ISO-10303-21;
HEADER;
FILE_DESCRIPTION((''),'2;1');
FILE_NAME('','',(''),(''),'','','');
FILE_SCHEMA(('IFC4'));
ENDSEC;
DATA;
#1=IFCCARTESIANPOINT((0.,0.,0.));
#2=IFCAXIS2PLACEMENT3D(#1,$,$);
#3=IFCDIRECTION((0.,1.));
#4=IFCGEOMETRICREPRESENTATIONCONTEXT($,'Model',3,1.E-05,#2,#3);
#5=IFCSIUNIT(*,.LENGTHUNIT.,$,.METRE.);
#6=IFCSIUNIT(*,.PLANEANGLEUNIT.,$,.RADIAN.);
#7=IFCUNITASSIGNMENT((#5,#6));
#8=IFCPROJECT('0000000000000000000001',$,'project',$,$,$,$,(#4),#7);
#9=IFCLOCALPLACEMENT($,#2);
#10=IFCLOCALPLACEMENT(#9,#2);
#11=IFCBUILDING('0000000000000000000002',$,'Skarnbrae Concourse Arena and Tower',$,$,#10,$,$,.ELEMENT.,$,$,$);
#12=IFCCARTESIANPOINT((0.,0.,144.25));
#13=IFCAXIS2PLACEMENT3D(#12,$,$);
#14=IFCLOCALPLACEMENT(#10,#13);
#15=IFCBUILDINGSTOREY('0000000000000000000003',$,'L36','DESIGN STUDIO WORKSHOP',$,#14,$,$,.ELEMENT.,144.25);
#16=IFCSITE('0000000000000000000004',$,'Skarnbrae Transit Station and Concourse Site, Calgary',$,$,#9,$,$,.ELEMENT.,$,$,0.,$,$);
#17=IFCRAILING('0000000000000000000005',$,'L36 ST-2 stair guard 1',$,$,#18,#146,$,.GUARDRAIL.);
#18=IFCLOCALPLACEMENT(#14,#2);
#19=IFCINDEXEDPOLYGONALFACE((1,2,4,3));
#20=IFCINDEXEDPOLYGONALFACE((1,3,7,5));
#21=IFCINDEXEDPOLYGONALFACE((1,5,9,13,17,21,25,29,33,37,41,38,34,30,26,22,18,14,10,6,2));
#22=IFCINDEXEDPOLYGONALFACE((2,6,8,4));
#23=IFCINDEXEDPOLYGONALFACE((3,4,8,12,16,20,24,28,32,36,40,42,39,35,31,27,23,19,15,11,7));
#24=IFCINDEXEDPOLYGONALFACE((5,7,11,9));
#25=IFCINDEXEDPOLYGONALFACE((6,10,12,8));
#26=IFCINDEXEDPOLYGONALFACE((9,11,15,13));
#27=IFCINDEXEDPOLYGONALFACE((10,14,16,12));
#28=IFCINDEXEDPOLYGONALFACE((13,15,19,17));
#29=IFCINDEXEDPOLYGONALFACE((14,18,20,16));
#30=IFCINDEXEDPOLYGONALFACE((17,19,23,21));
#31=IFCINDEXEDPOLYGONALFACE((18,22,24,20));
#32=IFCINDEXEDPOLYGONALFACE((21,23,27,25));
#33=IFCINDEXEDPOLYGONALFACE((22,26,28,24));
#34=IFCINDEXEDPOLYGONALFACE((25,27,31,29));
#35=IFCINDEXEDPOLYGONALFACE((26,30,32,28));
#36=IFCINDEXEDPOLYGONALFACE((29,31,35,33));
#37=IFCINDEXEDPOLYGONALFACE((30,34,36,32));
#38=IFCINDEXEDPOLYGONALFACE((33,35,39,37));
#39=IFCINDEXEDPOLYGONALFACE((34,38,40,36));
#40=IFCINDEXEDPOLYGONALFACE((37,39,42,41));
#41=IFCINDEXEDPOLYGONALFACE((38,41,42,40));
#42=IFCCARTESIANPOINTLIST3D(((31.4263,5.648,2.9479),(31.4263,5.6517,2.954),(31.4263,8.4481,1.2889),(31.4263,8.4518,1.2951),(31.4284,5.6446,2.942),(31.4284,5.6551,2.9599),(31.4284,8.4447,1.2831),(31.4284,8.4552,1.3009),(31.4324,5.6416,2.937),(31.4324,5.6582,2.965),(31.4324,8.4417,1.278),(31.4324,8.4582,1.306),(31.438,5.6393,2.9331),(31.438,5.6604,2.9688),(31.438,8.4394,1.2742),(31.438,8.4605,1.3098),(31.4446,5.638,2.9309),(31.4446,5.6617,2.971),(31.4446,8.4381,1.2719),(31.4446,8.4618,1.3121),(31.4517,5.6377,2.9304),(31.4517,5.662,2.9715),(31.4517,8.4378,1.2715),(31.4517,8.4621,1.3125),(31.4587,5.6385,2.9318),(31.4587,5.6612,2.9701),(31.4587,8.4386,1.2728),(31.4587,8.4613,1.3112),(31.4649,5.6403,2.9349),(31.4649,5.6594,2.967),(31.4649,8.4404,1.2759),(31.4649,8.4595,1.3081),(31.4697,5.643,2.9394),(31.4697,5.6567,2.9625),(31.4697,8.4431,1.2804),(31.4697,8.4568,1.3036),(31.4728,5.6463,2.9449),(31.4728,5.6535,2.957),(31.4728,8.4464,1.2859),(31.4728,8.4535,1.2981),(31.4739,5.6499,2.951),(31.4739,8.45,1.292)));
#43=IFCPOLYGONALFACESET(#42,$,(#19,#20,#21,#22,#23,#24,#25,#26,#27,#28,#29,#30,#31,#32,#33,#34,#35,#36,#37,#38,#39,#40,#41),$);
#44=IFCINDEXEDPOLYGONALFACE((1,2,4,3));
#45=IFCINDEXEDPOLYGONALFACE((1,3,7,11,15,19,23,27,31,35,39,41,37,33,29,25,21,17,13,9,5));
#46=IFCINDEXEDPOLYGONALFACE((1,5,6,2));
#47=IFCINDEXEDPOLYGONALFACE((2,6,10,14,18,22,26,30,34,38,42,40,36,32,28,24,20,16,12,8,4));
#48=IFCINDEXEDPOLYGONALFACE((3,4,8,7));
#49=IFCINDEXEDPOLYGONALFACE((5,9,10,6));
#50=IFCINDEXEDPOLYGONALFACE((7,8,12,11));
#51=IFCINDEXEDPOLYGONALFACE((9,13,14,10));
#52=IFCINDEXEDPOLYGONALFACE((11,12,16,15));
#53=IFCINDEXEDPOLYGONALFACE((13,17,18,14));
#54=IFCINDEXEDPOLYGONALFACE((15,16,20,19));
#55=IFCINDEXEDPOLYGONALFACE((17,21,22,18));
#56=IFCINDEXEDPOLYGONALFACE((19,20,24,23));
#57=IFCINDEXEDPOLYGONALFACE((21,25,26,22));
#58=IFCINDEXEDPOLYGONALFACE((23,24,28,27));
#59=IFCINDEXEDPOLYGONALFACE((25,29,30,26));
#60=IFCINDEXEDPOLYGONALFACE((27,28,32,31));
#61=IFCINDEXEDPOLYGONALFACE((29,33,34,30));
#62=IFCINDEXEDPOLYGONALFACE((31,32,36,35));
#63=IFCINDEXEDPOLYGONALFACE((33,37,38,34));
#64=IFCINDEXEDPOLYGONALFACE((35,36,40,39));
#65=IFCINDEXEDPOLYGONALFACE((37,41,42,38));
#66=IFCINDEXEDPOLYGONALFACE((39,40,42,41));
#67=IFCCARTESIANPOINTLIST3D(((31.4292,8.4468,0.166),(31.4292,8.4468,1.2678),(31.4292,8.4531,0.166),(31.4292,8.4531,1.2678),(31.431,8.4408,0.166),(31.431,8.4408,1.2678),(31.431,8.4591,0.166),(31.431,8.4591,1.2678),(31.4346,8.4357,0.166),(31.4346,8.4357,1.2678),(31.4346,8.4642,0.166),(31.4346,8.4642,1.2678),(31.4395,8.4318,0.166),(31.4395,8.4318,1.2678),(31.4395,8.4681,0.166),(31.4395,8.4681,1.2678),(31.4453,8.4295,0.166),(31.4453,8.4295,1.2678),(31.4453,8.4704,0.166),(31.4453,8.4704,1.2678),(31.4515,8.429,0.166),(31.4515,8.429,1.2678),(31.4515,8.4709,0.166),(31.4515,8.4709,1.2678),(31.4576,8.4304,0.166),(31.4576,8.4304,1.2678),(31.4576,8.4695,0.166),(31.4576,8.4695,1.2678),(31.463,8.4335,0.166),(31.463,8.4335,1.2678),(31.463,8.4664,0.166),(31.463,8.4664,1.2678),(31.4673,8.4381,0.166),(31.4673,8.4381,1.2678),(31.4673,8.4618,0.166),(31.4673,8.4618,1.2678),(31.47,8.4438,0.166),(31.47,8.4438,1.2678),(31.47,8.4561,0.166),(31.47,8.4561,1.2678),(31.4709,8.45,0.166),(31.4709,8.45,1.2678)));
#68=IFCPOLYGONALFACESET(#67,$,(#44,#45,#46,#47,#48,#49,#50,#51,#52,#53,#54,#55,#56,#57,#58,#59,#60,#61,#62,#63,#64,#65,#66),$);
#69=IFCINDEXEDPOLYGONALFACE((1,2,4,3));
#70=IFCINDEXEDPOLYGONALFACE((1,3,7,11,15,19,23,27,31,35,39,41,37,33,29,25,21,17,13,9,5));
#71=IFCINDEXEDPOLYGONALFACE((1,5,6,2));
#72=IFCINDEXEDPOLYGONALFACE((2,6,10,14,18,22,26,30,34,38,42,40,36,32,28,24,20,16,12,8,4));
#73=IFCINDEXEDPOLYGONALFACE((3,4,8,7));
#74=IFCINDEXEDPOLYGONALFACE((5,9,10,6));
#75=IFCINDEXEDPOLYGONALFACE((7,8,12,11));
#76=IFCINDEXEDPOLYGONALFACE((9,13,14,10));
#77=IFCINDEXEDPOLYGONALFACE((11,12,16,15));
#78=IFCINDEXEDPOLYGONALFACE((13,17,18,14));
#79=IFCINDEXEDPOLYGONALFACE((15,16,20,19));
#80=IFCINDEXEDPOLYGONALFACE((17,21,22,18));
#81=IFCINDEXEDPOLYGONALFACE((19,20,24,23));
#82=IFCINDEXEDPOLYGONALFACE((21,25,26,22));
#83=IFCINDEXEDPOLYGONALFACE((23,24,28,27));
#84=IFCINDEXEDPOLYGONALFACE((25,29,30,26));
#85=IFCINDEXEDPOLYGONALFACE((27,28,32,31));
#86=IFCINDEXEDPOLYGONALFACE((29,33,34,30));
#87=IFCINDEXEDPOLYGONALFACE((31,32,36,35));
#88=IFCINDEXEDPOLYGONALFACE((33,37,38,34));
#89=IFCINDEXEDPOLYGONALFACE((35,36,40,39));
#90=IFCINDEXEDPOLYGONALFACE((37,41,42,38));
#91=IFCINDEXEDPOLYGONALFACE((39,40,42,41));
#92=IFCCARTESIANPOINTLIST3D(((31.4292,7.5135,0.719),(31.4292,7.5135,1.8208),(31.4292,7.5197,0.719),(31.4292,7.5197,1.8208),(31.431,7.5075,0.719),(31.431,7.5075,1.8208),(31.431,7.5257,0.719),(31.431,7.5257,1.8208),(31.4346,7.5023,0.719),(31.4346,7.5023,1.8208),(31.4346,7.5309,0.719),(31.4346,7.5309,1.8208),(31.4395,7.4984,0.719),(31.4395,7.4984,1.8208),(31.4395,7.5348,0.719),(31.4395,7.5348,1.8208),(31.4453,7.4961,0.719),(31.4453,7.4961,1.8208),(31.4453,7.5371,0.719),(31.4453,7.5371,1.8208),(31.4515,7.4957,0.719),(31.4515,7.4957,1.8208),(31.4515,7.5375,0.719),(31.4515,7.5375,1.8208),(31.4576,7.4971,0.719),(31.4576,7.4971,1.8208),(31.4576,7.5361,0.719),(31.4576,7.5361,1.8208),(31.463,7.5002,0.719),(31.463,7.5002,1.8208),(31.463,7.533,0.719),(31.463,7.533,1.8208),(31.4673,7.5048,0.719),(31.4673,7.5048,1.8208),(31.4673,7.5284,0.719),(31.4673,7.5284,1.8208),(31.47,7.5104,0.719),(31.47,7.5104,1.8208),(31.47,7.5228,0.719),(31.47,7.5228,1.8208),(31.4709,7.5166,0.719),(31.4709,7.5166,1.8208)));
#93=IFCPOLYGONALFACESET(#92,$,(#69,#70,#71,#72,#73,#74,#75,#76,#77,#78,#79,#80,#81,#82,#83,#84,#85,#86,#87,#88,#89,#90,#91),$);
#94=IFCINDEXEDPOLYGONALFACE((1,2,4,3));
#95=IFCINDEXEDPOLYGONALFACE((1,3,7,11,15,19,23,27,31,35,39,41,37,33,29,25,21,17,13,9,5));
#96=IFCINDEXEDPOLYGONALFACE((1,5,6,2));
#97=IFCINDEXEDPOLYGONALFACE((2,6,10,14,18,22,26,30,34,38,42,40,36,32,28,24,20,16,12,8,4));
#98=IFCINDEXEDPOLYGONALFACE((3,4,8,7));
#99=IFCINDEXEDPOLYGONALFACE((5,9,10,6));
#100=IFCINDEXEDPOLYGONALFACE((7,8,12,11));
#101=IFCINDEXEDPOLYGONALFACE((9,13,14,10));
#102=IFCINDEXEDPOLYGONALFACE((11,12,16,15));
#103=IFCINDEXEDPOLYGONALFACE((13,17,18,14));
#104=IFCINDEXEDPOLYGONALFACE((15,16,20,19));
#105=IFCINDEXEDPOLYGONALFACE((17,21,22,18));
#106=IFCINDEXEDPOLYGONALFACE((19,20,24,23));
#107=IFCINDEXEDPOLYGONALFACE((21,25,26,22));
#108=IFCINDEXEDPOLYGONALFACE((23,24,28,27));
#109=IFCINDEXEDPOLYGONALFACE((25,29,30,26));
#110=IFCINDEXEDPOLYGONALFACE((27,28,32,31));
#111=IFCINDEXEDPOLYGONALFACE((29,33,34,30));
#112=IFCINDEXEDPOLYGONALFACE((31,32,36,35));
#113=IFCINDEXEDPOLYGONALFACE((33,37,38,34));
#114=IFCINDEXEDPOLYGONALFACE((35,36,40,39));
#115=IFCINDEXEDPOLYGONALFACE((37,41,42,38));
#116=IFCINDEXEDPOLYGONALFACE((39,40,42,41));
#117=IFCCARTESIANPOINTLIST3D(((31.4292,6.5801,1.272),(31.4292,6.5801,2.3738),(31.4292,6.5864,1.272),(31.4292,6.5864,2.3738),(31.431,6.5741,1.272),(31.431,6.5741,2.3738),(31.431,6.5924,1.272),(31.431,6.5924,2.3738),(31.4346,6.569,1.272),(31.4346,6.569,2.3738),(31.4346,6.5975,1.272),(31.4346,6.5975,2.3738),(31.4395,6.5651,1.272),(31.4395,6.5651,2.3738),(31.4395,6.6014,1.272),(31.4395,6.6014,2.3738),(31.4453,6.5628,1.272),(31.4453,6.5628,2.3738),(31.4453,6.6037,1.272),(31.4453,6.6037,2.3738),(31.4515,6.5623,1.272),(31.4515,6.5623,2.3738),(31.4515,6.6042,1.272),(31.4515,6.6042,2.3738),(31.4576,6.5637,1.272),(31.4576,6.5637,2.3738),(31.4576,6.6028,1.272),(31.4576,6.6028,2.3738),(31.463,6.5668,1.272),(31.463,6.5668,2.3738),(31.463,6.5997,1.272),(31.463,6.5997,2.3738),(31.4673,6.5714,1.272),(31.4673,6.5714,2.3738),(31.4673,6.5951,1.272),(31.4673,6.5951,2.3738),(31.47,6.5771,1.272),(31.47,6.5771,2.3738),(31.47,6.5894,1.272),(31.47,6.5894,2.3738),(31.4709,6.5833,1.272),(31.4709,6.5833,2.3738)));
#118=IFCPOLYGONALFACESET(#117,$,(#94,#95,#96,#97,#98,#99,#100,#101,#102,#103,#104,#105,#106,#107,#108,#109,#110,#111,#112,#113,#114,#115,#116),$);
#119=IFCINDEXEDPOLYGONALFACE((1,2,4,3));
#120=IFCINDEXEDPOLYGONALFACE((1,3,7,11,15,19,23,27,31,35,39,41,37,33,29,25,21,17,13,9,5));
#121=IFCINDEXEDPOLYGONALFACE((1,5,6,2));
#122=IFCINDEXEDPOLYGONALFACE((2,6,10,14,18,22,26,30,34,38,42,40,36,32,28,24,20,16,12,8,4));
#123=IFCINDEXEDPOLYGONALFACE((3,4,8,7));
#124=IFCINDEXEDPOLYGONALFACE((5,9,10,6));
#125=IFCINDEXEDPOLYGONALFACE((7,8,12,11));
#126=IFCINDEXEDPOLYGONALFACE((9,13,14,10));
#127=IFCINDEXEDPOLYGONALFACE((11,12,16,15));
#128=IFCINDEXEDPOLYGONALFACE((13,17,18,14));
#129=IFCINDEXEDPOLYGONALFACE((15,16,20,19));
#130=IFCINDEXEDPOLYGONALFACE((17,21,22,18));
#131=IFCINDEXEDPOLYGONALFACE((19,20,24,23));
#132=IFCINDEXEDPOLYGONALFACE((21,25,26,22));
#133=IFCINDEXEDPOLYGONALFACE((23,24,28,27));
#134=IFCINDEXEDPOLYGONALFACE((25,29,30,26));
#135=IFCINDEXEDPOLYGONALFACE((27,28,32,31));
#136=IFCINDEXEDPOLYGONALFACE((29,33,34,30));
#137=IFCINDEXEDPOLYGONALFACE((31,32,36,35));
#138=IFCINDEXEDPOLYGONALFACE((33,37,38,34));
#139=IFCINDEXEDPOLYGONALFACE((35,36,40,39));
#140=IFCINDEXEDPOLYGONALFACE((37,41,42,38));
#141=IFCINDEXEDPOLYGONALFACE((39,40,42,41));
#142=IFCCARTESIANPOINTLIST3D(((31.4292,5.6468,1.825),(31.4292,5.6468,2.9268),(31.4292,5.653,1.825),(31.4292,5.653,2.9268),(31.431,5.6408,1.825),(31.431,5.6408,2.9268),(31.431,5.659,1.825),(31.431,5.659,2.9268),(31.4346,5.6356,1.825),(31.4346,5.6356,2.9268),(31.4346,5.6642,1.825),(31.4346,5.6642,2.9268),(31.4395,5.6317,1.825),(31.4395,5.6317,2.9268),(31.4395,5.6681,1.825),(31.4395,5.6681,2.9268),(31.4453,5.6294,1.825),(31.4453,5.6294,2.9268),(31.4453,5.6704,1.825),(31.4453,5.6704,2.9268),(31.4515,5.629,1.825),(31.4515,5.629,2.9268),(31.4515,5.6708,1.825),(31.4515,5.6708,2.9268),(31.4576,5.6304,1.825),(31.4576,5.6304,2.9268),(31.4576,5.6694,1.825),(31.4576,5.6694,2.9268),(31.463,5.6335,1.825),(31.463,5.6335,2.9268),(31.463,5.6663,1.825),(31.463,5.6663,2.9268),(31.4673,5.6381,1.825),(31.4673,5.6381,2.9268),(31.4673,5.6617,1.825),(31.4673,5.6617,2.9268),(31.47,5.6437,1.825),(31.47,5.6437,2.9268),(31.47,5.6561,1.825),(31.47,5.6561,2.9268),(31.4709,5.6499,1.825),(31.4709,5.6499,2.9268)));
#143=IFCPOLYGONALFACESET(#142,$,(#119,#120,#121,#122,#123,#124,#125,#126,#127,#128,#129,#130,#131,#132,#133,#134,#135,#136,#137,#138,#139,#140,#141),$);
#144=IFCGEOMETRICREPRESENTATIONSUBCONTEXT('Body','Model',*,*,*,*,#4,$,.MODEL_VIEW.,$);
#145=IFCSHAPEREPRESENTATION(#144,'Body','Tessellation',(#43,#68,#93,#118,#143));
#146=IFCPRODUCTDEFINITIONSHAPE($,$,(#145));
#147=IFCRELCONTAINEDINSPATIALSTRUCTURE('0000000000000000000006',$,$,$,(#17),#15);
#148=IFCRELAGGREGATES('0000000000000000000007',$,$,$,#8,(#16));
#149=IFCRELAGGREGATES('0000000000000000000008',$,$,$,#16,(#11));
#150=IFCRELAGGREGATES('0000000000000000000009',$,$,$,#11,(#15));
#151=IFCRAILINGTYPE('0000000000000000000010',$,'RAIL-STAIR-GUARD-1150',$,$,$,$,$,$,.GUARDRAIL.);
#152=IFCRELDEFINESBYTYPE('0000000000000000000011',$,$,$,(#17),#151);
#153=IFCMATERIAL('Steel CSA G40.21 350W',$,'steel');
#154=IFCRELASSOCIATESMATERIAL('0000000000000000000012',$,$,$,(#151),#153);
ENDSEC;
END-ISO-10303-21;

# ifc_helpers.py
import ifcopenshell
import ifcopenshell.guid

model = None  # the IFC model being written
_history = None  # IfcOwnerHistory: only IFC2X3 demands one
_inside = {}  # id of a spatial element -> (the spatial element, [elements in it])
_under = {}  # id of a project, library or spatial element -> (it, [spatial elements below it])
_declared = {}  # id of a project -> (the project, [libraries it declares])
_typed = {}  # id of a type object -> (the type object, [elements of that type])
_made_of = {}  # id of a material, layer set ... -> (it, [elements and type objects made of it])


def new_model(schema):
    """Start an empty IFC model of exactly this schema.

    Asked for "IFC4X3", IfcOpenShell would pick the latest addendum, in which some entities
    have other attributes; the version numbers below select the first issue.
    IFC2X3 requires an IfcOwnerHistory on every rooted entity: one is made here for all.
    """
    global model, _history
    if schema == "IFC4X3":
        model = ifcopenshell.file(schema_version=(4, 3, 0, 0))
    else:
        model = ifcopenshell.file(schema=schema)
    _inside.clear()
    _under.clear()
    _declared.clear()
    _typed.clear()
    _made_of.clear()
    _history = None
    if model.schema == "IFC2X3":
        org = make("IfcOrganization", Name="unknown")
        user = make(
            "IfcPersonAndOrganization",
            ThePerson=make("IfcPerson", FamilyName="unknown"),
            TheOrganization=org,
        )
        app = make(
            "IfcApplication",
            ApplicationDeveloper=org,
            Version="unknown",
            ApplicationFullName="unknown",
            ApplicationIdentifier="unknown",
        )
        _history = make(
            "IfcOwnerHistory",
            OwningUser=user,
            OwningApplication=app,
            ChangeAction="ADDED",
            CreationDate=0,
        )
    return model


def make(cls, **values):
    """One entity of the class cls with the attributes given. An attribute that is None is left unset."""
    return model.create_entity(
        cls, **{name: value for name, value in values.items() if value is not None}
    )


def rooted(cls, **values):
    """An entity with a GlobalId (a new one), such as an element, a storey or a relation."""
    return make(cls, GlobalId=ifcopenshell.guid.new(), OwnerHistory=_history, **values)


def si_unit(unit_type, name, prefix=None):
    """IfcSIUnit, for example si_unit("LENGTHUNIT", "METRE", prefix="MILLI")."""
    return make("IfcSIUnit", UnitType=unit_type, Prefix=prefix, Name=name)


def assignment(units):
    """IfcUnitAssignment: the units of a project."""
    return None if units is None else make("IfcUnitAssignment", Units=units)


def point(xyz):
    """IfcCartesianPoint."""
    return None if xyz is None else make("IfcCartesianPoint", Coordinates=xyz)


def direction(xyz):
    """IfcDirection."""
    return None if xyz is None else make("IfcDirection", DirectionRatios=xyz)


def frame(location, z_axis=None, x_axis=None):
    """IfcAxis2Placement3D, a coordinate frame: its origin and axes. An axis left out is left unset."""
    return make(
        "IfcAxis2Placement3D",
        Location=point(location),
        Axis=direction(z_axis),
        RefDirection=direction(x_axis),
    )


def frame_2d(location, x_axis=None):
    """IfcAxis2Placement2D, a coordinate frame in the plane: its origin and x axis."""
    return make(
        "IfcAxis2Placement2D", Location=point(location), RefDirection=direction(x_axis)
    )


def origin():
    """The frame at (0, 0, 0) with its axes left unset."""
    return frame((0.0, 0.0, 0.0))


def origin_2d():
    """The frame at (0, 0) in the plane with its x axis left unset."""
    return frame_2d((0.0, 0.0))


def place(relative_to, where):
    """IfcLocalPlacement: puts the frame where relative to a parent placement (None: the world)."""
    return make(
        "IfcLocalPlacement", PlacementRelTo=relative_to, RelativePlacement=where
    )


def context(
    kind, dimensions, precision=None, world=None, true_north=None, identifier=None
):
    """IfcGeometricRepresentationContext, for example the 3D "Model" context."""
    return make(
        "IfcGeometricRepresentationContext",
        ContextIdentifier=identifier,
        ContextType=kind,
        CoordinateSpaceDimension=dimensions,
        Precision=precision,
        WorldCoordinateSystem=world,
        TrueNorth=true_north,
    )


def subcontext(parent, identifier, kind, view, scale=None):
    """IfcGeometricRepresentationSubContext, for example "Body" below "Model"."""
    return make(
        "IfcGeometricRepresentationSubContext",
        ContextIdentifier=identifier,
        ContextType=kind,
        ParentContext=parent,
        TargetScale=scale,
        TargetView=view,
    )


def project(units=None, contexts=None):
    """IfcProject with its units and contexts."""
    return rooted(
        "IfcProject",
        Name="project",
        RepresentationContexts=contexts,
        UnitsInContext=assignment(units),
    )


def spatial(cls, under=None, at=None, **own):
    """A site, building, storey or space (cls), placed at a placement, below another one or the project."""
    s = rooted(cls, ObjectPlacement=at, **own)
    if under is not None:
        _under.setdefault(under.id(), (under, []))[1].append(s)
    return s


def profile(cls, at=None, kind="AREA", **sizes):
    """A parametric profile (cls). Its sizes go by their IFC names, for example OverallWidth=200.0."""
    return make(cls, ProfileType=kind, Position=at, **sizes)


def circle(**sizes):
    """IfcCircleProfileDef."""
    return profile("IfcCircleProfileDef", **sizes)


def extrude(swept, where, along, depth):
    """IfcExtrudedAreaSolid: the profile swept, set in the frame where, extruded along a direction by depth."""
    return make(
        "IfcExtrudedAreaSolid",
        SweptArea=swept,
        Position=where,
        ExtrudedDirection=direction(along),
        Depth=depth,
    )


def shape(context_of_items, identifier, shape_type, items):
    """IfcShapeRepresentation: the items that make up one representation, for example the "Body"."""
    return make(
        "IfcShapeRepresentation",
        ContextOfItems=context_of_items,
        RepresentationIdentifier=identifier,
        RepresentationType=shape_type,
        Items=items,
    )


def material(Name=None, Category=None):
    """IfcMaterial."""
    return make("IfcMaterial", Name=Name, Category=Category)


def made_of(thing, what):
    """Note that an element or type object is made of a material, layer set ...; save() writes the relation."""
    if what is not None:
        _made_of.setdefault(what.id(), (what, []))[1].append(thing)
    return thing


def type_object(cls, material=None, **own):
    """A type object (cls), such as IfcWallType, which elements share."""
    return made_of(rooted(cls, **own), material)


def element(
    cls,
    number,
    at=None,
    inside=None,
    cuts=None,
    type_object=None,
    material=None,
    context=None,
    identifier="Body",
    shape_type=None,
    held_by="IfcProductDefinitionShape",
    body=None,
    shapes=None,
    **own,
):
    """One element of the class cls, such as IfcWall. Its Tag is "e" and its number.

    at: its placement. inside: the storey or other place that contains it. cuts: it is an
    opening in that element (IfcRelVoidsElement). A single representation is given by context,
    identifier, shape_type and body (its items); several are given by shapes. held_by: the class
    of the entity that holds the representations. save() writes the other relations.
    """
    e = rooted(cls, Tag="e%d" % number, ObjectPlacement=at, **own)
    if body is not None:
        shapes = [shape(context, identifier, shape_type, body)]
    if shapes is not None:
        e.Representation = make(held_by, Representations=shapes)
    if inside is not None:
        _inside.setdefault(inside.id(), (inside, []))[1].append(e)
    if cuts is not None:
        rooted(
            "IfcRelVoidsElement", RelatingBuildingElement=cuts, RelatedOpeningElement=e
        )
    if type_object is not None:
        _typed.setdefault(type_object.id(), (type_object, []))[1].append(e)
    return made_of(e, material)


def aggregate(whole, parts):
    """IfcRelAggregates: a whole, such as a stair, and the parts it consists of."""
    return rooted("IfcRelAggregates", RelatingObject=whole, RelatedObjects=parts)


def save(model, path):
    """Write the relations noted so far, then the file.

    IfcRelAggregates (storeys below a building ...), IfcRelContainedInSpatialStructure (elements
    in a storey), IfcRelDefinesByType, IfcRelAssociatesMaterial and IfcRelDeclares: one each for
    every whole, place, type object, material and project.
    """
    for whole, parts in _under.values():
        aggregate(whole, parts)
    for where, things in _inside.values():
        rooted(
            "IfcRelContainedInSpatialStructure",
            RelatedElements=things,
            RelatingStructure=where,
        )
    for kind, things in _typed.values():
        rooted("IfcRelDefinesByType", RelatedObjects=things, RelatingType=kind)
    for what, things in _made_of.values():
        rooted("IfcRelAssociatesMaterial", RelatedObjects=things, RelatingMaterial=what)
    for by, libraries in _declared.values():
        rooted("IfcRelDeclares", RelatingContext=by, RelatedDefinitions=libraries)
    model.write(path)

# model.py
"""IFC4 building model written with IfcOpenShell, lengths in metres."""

from ifc_helpers import new_model, si_unit, direction, frame, origin, origin_2d, place, context, subcontext, project, spatial, circle, extrude, material, type_object, element, save


model = new_model("IFC4")

# Units and contexts
model_context = context("Model", 3, precision=1e-05, world=origin(), true_north=direction((0.0, 1.0)))
body_context = subcontext(model_context, "Body", "Model", "MODEL_VIEW")
ifc_project = project(units=[si_unit("LENGTHUNIT", "METRE"), si_unit("PLANEANGLEUNIT", "RADIAN")], contexts=[model_context])

# Site, building, storey
site_placement = place(None, origin())
site = spatial("IfcSite", under=ifc_project, at=site_placement, Name="Skarnbrae Transit Station and Concourse Site, Calgary", CompositionType="ELEMENT", RefElevation=0.0)
building_placement = place(site_placement, origin())
building = spatial("IfcBuilding", under=site, at=building_placement, Name="Skarnbrae Concourse Arena and Tower", CompositionType="ELEMENT")
storey_placement = place(building_placement, frame((0.0, 0.0, 144.25)))
storey = spatial("IfcBuildingStorey", under=building, at=storey_placement, Name="L36", Description="DESIGN STUDIO WORKSHOP", CompositionType="ELEMENT", Elevation=144.25)

# Shared definitions
ifc_material_1 = material(Name="Steel CSA G40.21 350W", Category="steel")

# Railing
railing_type = type_object("IfcRailingType", Name="RAIL-STAIR-GUARD-1150", PredefinedType="GUARDRAIL", material=ifc_material_1)
railing_1_placement = place(storey_placement, frame((31.45, 8.45, 0.166)))
element("IfcRailing", 1, at=railing_1_placement, inside=storey, type_object=railing_type, Name="L36 ST-2 stair guard 1", PredefinedType="GUARDRAIL", context=body_context, shape_type="SweptSolid", body=[
    extrude(circle(Radius=0.0239, at=origin_2d()), frame((0.0, 0.0, 1.126), z_axis=(0.0, -0.860339, 0.509722), x_axis=(1.0, 0.0, 0.0)), (0.0, 0.0, 1.0), 3.2546),
    extrude(circle(Radius=0.021, at=origin_2d()), origin(), (0.0, 0.0, 1.0), 1.1018),
    extrude(circle(Radius=0.021, at=origin_2d()), frame((0.0, -0.9333, 0.553)), (0.0, 0.0, 1.0), 1.1018),
    extrude(circle(Radius=0.021, at=origin_2d()), frame((0.0, -1.8667, 1.106)), (0.0, 0.0, 1.0), 1.1018),
    extrude(circle(Radius=0.021, at=origin_2d()), frame((0.0, -2.8, 1.6589)), (0.0, 0.0, 1.0), 1.1018),
])

save(model, "model.ifc")
